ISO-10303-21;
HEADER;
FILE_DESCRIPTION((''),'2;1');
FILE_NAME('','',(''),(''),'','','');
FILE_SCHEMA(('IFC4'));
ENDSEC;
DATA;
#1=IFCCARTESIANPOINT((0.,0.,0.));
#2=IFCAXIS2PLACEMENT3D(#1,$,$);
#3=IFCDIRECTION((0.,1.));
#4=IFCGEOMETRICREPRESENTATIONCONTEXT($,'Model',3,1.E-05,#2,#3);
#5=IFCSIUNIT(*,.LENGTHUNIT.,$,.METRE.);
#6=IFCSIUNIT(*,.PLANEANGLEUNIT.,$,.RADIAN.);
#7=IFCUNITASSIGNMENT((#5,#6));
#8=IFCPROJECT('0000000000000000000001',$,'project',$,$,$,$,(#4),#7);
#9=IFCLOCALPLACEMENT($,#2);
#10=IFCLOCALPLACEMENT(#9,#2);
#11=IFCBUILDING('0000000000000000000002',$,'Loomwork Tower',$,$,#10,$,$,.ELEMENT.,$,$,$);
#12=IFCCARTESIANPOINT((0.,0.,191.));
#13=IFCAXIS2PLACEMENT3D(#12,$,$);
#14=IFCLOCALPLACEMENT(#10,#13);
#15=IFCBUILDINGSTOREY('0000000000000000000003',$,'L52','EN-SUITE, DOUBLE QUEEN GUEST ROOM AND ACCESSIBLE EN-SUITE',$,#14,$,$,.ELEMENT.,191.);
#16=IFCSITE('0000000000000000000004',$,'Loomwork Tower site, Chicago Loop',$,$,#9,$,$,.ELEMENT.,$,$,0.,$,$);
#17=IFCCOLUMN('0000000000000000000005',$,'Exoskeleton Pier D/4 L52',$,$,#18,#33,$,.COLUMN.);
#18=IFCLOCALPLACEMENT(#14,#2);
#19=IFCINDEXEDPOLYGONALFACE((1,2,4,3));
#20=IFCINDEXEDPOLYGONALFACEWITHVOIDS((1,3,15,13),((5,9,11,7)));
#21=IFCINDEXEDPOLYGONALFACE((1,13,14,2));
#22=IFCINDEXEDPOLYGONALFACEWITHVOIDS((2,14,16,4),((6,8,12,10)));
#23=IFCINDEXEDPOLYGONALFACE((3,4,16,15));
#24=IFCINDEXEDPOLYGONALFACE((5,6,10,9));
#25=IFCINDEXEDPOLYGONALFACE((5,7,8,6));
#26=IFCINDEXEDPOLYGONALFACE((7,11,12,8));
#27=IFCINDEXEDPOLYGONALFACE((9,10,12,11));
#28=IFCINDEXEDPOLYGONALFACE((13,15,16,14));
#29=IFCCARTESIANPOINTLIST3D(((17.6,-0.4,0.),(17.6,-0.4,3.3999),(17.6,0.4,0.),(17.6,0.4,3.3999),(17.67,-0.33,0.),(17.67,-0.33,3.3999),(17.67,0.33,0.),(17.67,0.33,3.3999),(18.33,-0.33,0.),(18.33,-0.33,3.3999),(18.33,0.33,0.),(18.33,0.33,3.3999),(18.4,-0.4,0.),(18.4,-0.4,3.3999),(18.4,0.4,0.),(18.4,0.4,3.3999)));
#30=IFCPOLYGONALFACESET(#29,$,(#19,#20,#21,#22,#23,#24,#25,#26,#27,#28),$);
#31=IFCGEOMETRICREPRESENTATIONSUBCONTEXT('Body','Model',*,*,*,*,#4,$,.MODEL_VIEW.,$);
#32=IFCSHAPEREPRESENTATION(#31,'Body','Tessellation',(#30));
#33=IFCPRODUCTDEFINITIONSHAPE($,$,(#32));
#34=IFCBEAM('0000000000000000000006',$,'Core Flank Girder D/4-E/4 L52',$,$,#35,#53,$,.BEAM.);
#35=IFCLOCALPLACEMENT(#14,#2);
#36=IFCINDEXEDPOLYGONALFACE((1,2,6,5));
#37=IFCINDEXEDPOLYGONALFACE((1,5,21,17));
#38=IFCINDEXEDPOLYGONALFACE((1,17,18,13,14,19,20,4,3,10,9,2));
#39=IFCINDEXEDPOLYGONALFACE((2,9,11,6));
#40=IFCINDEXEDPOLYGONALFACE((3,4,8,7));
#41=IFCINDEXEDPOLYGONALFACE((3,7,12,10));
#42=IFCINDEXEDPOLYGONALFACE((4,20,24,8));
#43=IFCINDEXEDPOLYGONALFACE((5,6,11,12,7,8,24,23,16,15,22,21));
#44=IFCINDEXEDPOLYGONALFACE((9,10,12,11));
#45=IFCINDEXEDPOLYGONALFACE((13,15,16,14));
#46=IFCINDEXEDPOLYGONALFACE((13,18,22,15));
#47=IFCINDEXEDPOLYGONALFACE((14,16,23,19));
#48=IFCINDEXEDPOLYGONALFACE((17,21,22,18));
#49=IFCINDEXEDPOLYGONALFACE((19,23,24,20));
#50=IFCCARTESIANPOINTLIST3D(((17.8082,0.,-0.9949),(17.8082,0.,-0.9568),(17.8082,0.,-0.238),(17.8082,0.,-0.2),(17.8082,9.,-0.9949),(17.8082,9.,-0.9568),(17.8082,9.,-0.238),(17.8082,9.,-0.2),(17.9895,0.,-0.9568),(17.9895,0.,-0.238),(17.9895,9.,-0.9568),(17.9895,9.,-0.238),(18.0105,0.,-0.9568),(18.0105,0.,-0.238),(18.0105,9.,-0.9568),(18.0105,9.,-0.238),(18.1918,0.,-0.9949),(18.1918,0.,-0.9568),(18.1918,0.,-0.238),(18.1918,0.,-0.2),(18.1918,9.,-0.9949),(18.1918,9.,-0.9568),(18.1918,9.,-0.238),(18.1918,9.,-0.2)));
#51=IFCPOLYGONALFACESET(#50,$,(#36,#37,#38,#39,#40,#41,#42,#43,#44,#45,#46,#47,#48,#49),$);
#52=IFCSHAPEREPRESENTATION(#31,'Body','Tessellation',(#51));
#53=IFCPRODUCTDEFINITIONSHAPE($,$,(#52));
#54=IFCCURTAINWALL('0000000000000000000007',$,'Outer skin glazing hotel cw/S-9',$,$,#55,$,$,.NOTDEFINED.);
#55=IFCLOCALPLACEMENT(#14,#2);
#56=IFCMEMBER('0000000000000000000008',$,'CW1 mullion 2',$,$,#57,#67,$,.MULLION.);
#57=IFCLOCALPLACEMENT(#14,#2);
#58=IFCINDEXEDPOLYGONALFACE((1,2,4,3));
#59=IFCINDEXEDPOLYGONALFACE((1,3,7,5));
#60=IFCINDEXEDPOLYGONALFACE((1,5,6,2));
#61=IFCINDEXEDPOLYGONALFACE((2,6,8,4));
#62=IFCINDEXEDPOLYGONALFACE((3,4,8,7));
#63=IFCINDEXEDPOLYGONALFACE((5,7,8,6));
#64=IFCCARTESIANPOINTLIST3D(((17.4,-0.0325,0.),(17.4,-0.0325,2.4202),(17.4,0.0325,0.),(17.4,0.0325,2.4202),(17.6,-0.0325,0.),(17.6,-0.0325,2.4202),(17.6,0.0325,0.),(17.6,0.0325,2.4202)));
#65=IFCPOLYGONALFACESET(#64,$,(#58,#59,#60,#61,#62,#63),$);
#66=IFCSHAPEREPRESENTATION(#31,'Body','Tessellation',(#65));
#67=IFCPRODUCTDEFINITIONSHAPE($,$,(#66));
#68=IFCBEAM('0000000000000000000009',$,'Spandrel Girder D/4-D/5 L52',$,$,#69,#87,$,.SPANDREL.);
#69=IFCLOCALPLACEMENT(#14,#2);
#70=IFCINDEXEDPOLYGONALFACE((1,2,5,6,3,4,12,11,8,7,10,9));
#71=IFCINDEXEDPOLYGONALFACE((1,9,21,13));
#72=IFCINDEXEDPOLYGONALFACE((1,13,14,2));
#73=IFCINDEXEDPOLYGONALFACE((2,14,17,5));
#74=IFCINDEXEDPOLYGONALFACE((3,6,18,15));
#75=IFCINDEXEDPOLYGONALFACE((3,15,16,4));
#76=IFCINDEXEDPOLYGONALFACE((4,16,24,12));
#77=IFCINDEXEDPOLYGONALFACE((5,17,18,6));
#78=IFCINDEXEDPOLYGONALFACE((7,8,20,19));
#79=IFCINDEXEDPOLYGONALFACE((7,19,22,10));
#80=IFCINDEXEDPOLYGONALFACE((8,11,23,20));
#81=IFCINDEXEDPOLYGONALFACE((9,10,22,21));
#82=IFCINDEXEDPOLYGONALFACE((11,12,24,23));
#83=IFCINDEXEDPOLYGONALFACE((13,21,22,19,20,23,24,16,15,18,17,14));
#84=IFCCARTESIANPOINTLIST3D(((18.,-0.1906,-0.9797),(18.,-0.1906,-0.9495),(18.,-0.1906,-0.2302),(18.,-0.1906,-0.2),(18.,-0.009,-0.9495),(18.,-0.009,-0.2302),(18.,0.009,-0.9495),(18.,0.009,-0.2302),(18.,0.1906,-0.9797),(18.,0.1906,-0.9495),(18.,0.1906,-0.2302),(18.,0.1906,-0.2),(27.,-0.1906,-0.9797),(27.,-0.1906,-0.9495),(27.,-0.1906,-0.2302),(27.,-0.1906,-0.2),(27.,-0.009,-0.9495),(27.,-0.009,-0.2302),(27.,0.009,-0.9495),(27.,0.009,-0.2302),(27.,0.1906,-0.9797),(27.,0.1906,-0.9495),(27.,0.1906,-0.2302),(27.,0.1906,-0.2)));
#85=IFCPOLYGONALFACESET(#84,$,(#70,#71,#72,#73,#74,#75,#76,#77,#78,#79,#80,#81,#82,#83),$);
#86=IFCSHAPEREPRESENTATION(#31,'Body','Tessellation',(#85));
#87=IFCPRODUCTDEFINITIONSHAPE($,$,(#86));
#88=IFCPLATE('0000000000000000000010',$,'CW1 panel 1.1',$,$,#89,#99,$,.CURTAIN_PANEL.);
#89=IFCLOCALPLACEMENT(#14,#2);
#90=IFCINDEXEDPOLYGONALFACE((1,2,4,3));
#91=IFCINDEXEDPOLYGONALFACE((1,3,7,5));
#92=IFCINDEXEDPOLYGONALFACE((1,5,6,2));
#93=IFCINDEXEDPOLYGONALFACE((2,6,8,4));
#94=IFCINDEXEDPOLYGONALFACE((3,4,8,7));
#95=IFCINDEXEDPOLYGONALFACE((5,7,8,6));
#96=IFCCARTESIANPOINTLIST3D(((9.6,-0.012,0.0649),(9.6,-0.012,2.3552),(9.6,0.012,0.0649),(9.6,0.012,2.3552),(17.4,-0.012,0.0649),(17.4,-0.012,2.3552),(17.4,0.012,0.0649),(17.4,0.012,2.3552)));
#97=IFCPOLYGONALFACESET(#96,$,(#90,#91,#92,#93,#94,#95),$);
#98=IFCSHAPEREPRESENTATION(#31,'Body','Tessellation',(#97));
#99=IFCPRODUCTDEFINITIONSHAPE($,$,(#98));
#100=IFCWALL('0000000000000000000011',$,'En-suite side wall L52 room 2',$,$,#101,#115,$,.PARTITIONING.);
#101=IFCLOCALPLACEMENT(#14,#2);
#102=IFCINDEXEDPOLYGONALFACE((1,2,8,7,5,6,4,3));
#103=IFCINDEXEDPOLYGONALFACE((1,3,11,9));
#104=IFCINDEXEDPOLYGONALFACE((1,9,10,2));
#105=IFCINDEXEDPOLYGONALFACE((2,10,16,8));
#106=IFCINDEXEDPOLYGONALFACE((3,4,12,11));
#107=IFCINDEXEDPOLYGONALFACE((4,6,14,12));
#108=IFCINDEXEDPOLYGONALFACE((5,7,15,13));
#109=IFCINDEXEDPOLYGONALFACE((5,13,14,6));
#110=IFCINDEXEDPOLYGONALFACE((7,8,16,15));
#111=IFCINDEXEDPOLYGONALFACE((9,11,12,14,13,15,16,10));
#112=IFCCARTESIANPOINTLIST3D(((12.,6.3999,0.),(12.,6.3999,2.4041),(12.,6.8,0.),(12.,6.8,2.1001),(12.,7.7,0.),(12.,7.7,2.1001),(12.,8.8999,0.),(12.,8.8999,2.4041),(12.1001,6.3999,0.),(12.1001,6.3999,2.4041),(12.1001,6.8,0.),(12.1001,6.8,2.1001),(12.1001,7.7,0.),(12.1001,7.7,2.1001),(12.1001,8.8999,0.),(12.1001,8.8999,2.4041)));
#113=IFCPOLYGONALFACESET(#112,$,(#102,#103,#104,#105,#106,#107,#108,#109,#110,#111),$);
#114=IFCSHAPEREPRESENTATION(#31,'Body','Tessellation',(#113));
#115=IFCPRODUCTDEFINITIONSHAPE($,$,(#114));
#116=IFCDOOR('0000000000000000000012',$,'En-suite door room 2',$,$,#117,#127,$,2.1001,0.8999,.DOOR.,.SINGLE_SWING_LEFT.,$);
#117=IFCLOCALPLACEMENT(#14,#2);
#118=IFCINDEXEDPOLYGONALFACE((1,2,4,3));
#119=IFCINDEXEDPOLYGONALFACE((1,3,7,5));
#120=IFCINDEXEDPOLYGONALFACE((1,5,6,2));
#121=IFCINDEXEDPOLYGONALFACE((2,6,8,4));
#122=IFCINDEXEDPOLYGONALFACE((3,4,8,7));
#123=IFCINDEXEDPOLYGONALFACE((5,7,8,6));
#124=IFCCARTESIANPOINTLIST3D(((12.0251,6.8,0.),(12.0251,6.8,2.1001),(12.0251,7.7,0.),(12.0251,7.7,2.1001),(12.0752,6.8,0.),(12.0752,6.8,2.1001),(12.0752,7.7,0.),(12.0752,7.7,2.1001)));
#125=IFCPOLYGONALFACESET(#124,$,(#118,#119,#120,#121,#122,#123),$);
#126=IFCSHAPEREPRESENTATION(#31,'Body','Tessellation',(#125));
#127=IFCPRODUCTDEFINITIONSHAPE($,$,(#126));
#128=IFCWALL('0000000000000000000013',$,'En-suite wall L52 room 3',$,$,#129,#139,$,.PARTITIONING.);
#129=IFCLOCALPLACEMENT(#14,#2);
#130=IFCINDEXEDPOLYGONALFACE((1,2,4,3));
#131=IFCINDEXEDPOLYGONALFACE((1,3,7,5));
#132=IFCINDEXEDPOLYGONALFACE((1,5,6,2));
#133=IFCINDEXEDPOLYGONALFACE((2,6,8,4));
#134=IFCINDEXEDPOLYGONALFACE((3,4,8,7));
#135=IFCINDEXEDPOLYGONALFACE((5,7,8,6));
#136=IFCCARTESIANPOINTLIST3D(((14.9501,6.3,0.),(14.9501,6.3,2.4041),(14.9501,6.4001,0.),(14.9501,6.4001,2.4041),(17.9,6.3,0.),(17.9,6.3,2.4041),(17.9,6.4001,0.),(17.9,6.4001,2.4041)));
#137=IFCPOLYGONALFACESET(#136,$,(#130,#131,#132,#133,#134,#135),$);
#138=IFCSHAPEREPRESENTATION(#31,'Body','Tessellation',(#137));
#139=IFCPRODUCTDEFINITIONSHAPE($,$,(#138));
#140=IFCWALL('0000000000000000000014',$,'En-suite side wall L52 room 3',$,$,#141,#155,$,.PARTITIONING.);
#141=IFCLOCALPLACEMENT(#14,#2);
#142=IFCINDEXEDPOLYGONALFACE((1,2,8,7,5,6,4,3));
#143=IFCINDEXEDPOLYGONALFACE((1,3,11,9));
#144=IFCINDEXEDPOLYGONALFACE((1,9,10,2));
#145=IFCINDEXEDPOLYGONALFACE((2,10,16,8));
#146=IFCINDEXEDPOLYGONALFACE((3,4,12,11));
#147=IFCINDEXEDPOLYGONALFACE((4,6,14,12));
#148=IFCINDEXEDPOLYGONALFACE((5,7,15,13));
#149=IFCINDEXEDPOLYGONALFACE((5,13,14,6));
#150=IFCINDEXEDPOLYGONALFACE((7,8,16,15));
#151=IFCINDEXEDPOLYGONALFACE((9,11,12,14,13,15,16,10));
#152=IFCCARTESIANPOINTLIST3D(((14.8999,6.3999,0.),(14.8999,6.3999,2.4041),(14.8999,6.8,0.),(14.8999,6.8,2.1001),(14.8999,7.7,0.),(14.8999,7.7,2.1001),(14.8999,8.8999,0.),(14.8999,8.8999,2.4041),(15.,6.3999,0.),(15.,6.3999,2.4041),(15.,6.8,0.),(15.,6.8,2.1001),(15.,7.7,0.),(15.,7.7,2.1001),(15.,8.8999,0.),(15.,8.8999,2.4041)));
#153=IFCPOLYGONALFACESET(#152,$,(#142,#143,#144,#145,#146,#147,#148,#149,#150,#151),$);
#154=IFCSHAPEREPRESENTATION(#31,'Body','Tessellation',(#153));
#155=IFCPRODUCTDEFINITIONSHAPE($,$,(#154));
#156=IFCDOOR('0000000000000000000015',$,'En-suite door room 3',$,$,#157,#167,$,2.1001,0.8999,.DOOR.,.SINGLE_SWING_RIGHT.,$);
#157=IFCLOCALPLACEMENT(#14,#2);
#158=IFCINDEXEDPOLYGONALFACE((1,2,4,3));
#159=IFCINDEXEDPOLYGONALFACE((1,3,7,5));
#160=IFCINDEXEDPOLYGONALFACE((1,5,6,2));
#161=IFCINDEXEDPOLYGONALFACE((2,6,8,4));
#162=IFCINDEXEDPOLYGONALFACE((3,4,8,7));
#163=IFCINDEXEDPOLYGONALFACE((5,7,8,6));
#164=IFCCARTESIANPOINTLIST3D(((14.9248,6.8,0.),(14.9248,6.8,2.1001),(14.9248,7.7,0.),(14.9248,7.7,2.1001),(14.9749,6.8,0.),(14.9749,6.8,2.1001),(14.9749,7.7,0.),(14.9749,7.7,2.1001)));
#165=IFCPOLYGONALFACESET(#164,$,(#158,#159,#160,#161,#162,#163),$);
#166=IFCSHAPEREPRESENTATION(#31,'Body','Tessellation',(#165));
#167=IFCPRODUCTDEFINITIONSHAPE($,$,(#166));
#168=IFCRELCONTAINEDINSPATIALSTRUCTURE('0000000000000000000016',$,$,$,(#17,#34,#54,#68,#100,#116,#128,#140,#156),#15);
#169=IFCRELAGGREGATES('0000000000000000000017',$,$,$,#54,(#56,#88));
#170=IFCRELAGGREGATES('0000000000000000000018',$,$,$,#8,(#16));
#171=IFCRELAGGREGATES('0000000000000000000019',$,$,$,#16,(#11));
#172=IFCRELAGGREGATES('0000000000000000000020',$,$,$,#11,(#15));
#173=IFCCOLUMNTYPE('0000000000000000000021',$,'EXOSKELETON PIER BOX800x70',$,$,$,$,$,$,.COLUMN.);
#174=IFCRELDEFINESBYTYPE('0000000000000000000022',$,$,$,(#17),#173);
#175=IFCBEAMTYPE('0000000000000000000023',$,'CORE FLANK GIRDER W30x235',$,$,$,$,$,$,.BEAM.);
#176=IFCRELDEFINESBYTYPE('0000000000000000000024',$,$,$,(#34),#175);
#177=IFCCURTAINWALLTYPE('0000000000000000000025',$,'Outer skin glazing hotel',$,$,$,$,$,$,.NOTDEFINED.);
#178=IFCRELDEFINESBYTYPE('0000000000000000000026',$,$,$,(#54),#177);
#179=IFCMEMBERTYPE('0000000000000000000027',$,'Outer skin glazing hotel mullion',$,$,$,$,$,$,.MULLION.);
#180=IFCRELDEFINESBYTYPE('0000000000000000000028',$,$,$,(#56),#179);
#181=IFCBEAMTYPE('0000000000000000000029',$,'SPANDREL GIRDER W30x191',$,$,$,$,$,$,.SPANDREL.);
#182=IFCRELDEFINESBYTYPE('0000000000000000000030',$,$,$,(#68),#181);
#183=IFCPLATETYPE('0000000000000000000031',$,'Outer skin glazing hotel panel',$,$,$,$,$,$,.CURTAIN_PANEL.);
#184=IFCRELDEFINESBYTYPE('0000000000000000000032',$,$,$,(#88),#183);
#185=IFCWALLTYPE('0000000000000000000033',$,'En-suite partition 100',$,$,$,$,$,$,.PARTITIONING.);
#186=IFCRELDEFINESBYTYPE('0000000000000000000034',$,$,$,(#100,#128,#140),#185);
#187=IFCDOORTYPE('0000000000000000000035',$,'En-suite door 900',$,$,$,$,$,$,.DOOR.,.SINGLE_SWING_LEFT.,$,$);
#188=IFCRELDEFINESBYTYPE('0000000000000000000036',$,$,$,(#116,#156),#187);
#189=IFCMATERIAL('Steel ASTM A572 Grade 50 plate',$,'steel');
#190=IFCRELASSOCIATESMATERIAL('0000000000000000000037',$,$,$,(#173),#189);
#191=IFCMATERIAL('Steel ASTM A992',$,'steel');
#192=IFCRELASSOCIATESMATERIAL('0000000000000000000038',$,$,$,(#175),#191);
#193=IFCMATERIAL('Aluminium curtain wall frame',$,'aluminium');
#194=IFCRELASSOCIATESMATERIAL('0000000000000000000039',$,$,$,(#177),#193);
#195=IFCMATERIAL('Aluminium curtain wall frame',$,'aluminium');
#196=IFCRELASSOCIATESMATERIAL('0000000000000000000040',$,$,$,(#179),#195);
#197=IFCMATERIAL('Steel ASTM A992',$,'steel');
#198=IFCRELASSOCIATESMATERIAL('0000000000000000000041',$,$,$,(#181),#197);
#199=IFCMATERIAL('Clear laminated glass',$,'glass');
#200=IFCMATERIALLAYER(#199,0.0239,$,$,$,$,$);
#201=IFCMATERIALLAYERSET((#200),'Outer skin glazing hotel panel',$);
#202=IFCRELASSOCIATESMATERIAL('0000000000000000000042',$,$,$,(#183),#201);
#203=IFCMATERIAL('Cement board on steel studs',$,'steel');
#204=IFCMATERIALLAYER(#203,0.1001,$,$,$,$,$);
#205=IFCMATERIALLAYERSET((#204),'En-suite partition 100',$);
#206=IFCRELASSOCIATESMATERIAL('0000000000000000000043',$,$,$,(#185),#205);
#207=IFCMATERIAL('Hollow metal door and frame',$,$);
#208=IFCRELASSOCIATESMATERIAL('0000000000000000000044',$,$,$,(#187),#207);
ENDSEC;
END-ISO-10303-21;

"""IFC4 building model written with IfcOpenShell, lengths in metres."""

from ifc_helpers import new_model, si_unit, direction, frame, frame_2d, origin, origin_2d, place, context, subcontext, project, spatial, rectangle, hollow_rectangle, i_section, extrude, material, layer, layer_set, material_profile, profile_set, type_object, element, fill, aggregate, save


model = new_model("IFC4")

# Units and contexts
model_context = context("Model", 3, precision=1e-05, world=origin(), true_north=direction((0.0, 1.0)))
body_context = subcontext(model_context, "Body", "Model", "MODEL_VIEW")
ifc_project = project(units=[si_unit("LENGTHUNIT", "METRE"), si_unit("PLANEANGLEUNIT", "RADIAN")], contexts=[model_context])

# Site, building, storey
site_placement = place(None, origin())
site = spatial("IfcSite", under=ifc_project, at=site_placement, Name="Loomwork Tower site, Chicago Loop", CompositionType="ELEMENT", RefElevation=0.0)
building_placement = place(site_placement, origin())
building = spatial("IfcBuilding", under=site, at=building_placement, Name="Loomwork Tower", CompositionType="ELEMENT")
storey_placement = place(building_placement, frame((0.0, 0.0, 191.0)))
storey = spatial("IfcBuildingStorey", under=building, at=storey_placement, Name="L52", Description="EN-SUITE, DOUBLE QUEEN GUEST ROOM AND ACCESSIBLE EN-SUITE", CompositionType="ELEMENT", Elevation=191.0)

# Column
ifc_material_1 = material(Name="Steel ASTM A572 Grade 50 plate", Category="steel")
ifc_material_profile_1 = material_profile(ifc_material_1, hollow_rectangle(XDim=0.8, YDim=0.8, WallThickness=0.0701, at=origin_2d()), Name="BOX800x70")
ifc_profile_set_1 = profile_set([ifc_material_profile_1], Name="Steel ASTM A572 Grade 50 plate")
column_type = type_object("IfcColumnType", Name="EXOSKELETON PIER BOX800x70", PredefinedType="COLUMN", material=ifc_profile_set_1)
column_placement = place(storey_placement, frame((18.0, 0.0, 0.0), z_axis=(0.0, 0.0, 1.0), x_axis=(1.0, 0.0, 0.0)))
element("IfcColumn", 1, at=column_placement, inside=storey, type_object=column_type, Name="Exoskeleton Pier D/4 L52", PredefinedType="COLUMN", context=body_context, shape_type="SweptSolid", body=[
    extrude(hollow_rectangle(XDim=0.8, YDim=0.8, WallThickness=0.0701, at=origin_2d()), origin(), (0.0, 0.0, 1.0), 3.3999),
])

# Beam
ifc_material_2 = material(Name="Steel ASTM A992", Category="steel")
ifc_material_profile_2 = material_profile(ifc_material_2, i_section(OverallWidth=0.3835, OverallDepth=0.7949, WebThickness=0.021, FlangeThickness=0.0381, at=origin_2d()), Name="W30x235")
ifc_profile_set_2 = profile_set([ifc_material_profile_2], Name="Steel ASTM A992")
beam_type_1 = type_object("IfcBeamType", Name="CORE FLANK GIRDER W30x235", PredefinedType="BEAM", material=ifc_profile_set_2)
beam_1_placement = place(storey_placement, frame((18.0, 0.0, -0.5974), z_axis=(0.0, 1.0, 0.0), x_axis=(-1.0, 0.0, 0.0)))
element("IfcBeam", 2, at=beam_1_placement, inside=storey, type_object=beam_type_1, Name="Core Flank Girder D/4-E/4 L52", PredefinedType="BEAM", context=body_context, shape_type="SweptSolid", body=[
    extrude(i_section(OverallWidth=0.3835, OverallDepth=0.7949, WebThickness=0.021, FlangeThickness=0.0381, at=origin_2d()), origin(), (0.0, 0.0, 1.0), 9.0),
])

# Curtain wall, member
ifc_material_3 = material(Name="Aluminium curtain wall frame", Category="aluminium")
curtain_wall_type = type_object("IfcCurtainWallType", Name="Outer skin glazing hotel", PredefinedType="NOTDEFINED", material=ifc_material_3)
curtain_wall_placement = place(storey_placement, origin())
curtain_wall = element("IfcCurtainWall", 3, at=curtain_wall_placement, inside=storey, type_object=curtain_wall_type, Name="Outer skin glazing hotel cw/S-9", PredefinedType="NOTDEFINED")
ifc_material_4 = material(Name="Aluminium curtain wall frame", Category="aluminium")
ifc_material_profile_3 = material_profile(ifc_material_4, rectangle(XDim=0.0649, YDim=0.2, at=origin_2d()), Name="AL 65x200")
ifc_profile_set_3 = profile_set([ifc_material_profile_3], Name="Aluminium curtain wall frame")
member_type = type_object("IfcMemberType", Name="Outer skin glazing hotel mullion", PredefinedType="MULLION", material=ifc_profile_set_3)
member_placement = place(storey_placement, frame((17.5, 0.0, 0.0), z_axis=(0.0, 0.0, 1.0), x_axis=(0.0, 1.0, 0.0)))
member = element("IfcMember", 4, at=member_placement, type_object=member_type, Name="CW1 mullion 2", PredefinedType="MULLION", context=body_context, shape_type="SweptSolid", body=[
    extrude(rectangle(XDim=0.0649, YDim=0.2, at=origin_2d()), origin(), (0.0, 0.0, 1.0), 2.4202),
])

# Beam
ifc_material_5 = material(Name="Steel ASTM A992", Category="steel")
ifc_material_profile_4 = material_profile(ifc_material_5, i_section(OverallWidth=0.3811, OverallDepth=0.7798, WebThickness=0.0181, FlangeThickness=0.0303, at=origin_2d()), Name="W30x191")
ifc_profile_set_4 = profile_set([ifc_material_profile_4], Name="Steel ASTM A992")
beam_type_2 = type_object("IfcBeamType", Name="SPANDREL GIRDER W30x191", PredefinedType="SPANDREL", material=ifc_profile_set_4)
beam_2_placement = place(storey_placement, frame((18.0, 0.0, -0.5898), z_axis=(1.0, 0.0, 0.0), x_axis=(0.0, 1.0, 0.0)))
element("IfcBeam", 5, at=beam_2_placement, inside=storey, type_object=beam_type_2, Name="Spandrel Girder D/4-D/5 L52", PredefinedType="SPANDREL", context=body_context, shape_type="SweptSolid", body=[
    extrude(i_section(OverallWidth=0.3811, OverallDepth=0.7798, WebThickness=0.0181, FlangeThickness=0.0303, at=origin_2d()), origin(), (0.0, 0.0, 1.0), 9.0),
])

# Plate
ifc_material_6 = material(Name="Clear laminated glass", Category="glass")
ifc_layer_1 = layer(ifc_material_6, 0.0239)
ifc_layer_set_1 = layer_set([ifc_layer_1], Name="Outer skin glazing hotel panel")
plate_type = type_object("IfcPlateType", Name="Outer skin glazing hotel panel", PredefinedType="CURTAIN_PANEL", material=ifc_layer_set_1)
plate_placement = place(storey_placement, frame((13.5, 0.0, 0.0649), z_axis=(0.0, 0.0, 1.0), x_axis=(1.0, 0.0, 0.0)))
plate = element("IfcPlate", 6, at=plate_placement, type_object=plate_type, Name="CW1 panel 1.1", PredefinedType="CURTAIN_PANEL", context=body_context, shape_type="SweptSolid", body=[
    extrude(rectangle(XDim=7.8, YDim=0.0239, at=origin_2d()), origin(), (0.0, 0.0, 1.0), 2.2903),
])
aggregate(curtain_wall, [member, plate])

# Wall, opening, door
ifc_material_7 = material(Name="Cement board on steel studs", Category="steel")
ifc_layer_2 = layer(ifc_material_7, 0.1001)
ifc_layer_set_2 = layer_set([ifc_layer_2], Name="En-suite partition 100")
wall_type_1 = type_object("IfcWallType", Name="En-suite partition 100", PredefinedType="PARTITIONING", material=ifc_layer_set_2)
wall_1_placement = place(storey_placement, frame((12.05, 8.8999, 0.0), z_axis=(0.0, 0.0, 1.0), x_axis=(0.0, -1.0, 0.0)))
wall_1 = element("IfcWall", 7, at=wall_1_placement, inside=storey, type_object=wall_type_1, Name="En-suite side wall L52 room 2", PredefinedType="PARTITIONING", context=body_context, shape_type="SweptSolid", body=[
    extrude(rectangle(XDim=2.5, YDim=0.1001, at=frame_2d((1.25, 0.0))), origin(), (0.0, 0.0, 1.0), 2.4041),
])
opening_1_placement = place(wall_1_placement, frame((1.2, 0.0, 0.0)))
opening_1 = element("IfcOpeningElement", 8, at=opening_1_placement, cuts=wall_1, PredefinedType="OPENING", context=body_context, shape_type="SweptSolid", body=[
    extrude(rectangle(XDim=0.8999, YDim=2.1001, at=frame_2d((0.45, 1.05))), frame((0.0, 0.0601, 0.0), z_axis=(0.0, -1.0, 0.0), x_axis=(1.0, 0.0, 0.0)), (0.0, 0.0, 1.0), 0.1201),
])
ifc_material_8 = material(Name="Hollow metal door and frame")
door_type = type_object("IfcDoorType", Name="En-suite door 900", OperationType="SINGLE_SWING_LEFT", PredefinedType="DOOR", material=ifc_material_8)
door_1_placement = place(opening_1_placement, frame((0.8999, 0.0, 0.0), z_axis=(0.0, 0.0, 1.0), x_axis=(-1.0, 0.0, 0.0)))
door_1 = element("IfcDoor", 9, at=door_1_placement, inside=storey, type_object=door_type, Name="En-suite door room 2", OperationType="SINGLE_SWING_LEFT", OverallHeight=2.1001, OverallWidth=0.8999, PredefinedType="DOOR", context=body_context, shape_type="SweptSolid", body=[
    extrude(rectangle(XDim=0.8999, YDim=2.1001, at=frame_2d((0.45, 1.05))), frame((0.0, 0.0249, 0.0), z_axis=(0.0, -1.0, 0.0), x_axis=(1.0, 0.0, 0.0)), (0.0, 0.0, 1.0), 0.05),
])
fill(opening_1, door_1)

# Wall
wall_2_placement = place(storey_placement, frame((14.95, 6.3501, 0.0), z_axis=(0.0, 0.0, 1.0), x_axis=(1.0, 0.0, 0.0)))
element("IfcWall", 10, at=wall_2_placement, inside=storey, type_object=wall_type_1, Name="En-suite wall L52 room 3", PredefinedType="PARTITIONING", context=body_context, shape_type="SweptSolid", body=[
    extrude(rectangle(XDim=2.95, YDim=0.1001, at=frame_2d((1.4751, 0.0))), origin(), (0.0, 0.0, 1.0), 2.4041),
])

# Wall, opening, door
wall_3_placement = place(storey_placement, frame((14.95, 8.8999, 0.0), z_axis=(0.0, 0.0, 1.0), x_axis=(0.0, -1.0, 0.0)))
wall_3 = element("IfcWall", 11, at=wall_3_placement, inside=storey, type_object=wall_type_1, Name="En-suite side wall L52 room 3", PredefinedType="PARTITIONING", context=body_context, shape_type="SweptSolid", body=[
    extrude(rectangle(XDim=2.5, YDim=0.1001, at=frame_2d((1.25, 0.0))), origin(), (0.0, 0.0, 1.0), 2.4041),
])
opening_2_placement = place(wall_3_placement, frame((1.2, 0.0, 0.0)))
opening_2 = element("IfcOpeningElement", 12, at=opening_2_placement, cuts=wall_3, PredefinedType="OPENING", context=body_context, shape_type="SweptSolid", body=[
    extrude(rectangle(XDim=0.8999, YDim=2.1001, at=frame_2d((0.45, 1.05))), frame((0.0, 0.0601, 0.0), z_axis=(0.0, -1.0, 0.0), x_axis=(1.0, 0.0, 0.0)), (0.0, 0.0, 1.0), 0.1201),
])
door_2_placement = place(opening_2_placement, origin())
door_2 = element("IfcDoor", 13, at=door_2_placement, inside=storey, type_object=door_type, Name="En-suite door room 3", OperationType="SINGLE_SWING_RIGHT", OverallHeight=2.1001, OverallWidth=0.8999, PredefinedType="DOOR", context=body_context, shape_type="SweptSolid", body=[
    extrude(rectangle(XDim=0.8999, YDim=2.1001, at=frame_2d((0.45, 1.05))), frame((0.0, 0.0249, 0.0), z_axis=(0.0, -1.0, 0.0), x_axis=(1.0, 0.0, 0.0)), (0.0, 0.0, 1.0), 0.05),
])
fill(opening_2, door_2)

save(model, "model.ifc")
